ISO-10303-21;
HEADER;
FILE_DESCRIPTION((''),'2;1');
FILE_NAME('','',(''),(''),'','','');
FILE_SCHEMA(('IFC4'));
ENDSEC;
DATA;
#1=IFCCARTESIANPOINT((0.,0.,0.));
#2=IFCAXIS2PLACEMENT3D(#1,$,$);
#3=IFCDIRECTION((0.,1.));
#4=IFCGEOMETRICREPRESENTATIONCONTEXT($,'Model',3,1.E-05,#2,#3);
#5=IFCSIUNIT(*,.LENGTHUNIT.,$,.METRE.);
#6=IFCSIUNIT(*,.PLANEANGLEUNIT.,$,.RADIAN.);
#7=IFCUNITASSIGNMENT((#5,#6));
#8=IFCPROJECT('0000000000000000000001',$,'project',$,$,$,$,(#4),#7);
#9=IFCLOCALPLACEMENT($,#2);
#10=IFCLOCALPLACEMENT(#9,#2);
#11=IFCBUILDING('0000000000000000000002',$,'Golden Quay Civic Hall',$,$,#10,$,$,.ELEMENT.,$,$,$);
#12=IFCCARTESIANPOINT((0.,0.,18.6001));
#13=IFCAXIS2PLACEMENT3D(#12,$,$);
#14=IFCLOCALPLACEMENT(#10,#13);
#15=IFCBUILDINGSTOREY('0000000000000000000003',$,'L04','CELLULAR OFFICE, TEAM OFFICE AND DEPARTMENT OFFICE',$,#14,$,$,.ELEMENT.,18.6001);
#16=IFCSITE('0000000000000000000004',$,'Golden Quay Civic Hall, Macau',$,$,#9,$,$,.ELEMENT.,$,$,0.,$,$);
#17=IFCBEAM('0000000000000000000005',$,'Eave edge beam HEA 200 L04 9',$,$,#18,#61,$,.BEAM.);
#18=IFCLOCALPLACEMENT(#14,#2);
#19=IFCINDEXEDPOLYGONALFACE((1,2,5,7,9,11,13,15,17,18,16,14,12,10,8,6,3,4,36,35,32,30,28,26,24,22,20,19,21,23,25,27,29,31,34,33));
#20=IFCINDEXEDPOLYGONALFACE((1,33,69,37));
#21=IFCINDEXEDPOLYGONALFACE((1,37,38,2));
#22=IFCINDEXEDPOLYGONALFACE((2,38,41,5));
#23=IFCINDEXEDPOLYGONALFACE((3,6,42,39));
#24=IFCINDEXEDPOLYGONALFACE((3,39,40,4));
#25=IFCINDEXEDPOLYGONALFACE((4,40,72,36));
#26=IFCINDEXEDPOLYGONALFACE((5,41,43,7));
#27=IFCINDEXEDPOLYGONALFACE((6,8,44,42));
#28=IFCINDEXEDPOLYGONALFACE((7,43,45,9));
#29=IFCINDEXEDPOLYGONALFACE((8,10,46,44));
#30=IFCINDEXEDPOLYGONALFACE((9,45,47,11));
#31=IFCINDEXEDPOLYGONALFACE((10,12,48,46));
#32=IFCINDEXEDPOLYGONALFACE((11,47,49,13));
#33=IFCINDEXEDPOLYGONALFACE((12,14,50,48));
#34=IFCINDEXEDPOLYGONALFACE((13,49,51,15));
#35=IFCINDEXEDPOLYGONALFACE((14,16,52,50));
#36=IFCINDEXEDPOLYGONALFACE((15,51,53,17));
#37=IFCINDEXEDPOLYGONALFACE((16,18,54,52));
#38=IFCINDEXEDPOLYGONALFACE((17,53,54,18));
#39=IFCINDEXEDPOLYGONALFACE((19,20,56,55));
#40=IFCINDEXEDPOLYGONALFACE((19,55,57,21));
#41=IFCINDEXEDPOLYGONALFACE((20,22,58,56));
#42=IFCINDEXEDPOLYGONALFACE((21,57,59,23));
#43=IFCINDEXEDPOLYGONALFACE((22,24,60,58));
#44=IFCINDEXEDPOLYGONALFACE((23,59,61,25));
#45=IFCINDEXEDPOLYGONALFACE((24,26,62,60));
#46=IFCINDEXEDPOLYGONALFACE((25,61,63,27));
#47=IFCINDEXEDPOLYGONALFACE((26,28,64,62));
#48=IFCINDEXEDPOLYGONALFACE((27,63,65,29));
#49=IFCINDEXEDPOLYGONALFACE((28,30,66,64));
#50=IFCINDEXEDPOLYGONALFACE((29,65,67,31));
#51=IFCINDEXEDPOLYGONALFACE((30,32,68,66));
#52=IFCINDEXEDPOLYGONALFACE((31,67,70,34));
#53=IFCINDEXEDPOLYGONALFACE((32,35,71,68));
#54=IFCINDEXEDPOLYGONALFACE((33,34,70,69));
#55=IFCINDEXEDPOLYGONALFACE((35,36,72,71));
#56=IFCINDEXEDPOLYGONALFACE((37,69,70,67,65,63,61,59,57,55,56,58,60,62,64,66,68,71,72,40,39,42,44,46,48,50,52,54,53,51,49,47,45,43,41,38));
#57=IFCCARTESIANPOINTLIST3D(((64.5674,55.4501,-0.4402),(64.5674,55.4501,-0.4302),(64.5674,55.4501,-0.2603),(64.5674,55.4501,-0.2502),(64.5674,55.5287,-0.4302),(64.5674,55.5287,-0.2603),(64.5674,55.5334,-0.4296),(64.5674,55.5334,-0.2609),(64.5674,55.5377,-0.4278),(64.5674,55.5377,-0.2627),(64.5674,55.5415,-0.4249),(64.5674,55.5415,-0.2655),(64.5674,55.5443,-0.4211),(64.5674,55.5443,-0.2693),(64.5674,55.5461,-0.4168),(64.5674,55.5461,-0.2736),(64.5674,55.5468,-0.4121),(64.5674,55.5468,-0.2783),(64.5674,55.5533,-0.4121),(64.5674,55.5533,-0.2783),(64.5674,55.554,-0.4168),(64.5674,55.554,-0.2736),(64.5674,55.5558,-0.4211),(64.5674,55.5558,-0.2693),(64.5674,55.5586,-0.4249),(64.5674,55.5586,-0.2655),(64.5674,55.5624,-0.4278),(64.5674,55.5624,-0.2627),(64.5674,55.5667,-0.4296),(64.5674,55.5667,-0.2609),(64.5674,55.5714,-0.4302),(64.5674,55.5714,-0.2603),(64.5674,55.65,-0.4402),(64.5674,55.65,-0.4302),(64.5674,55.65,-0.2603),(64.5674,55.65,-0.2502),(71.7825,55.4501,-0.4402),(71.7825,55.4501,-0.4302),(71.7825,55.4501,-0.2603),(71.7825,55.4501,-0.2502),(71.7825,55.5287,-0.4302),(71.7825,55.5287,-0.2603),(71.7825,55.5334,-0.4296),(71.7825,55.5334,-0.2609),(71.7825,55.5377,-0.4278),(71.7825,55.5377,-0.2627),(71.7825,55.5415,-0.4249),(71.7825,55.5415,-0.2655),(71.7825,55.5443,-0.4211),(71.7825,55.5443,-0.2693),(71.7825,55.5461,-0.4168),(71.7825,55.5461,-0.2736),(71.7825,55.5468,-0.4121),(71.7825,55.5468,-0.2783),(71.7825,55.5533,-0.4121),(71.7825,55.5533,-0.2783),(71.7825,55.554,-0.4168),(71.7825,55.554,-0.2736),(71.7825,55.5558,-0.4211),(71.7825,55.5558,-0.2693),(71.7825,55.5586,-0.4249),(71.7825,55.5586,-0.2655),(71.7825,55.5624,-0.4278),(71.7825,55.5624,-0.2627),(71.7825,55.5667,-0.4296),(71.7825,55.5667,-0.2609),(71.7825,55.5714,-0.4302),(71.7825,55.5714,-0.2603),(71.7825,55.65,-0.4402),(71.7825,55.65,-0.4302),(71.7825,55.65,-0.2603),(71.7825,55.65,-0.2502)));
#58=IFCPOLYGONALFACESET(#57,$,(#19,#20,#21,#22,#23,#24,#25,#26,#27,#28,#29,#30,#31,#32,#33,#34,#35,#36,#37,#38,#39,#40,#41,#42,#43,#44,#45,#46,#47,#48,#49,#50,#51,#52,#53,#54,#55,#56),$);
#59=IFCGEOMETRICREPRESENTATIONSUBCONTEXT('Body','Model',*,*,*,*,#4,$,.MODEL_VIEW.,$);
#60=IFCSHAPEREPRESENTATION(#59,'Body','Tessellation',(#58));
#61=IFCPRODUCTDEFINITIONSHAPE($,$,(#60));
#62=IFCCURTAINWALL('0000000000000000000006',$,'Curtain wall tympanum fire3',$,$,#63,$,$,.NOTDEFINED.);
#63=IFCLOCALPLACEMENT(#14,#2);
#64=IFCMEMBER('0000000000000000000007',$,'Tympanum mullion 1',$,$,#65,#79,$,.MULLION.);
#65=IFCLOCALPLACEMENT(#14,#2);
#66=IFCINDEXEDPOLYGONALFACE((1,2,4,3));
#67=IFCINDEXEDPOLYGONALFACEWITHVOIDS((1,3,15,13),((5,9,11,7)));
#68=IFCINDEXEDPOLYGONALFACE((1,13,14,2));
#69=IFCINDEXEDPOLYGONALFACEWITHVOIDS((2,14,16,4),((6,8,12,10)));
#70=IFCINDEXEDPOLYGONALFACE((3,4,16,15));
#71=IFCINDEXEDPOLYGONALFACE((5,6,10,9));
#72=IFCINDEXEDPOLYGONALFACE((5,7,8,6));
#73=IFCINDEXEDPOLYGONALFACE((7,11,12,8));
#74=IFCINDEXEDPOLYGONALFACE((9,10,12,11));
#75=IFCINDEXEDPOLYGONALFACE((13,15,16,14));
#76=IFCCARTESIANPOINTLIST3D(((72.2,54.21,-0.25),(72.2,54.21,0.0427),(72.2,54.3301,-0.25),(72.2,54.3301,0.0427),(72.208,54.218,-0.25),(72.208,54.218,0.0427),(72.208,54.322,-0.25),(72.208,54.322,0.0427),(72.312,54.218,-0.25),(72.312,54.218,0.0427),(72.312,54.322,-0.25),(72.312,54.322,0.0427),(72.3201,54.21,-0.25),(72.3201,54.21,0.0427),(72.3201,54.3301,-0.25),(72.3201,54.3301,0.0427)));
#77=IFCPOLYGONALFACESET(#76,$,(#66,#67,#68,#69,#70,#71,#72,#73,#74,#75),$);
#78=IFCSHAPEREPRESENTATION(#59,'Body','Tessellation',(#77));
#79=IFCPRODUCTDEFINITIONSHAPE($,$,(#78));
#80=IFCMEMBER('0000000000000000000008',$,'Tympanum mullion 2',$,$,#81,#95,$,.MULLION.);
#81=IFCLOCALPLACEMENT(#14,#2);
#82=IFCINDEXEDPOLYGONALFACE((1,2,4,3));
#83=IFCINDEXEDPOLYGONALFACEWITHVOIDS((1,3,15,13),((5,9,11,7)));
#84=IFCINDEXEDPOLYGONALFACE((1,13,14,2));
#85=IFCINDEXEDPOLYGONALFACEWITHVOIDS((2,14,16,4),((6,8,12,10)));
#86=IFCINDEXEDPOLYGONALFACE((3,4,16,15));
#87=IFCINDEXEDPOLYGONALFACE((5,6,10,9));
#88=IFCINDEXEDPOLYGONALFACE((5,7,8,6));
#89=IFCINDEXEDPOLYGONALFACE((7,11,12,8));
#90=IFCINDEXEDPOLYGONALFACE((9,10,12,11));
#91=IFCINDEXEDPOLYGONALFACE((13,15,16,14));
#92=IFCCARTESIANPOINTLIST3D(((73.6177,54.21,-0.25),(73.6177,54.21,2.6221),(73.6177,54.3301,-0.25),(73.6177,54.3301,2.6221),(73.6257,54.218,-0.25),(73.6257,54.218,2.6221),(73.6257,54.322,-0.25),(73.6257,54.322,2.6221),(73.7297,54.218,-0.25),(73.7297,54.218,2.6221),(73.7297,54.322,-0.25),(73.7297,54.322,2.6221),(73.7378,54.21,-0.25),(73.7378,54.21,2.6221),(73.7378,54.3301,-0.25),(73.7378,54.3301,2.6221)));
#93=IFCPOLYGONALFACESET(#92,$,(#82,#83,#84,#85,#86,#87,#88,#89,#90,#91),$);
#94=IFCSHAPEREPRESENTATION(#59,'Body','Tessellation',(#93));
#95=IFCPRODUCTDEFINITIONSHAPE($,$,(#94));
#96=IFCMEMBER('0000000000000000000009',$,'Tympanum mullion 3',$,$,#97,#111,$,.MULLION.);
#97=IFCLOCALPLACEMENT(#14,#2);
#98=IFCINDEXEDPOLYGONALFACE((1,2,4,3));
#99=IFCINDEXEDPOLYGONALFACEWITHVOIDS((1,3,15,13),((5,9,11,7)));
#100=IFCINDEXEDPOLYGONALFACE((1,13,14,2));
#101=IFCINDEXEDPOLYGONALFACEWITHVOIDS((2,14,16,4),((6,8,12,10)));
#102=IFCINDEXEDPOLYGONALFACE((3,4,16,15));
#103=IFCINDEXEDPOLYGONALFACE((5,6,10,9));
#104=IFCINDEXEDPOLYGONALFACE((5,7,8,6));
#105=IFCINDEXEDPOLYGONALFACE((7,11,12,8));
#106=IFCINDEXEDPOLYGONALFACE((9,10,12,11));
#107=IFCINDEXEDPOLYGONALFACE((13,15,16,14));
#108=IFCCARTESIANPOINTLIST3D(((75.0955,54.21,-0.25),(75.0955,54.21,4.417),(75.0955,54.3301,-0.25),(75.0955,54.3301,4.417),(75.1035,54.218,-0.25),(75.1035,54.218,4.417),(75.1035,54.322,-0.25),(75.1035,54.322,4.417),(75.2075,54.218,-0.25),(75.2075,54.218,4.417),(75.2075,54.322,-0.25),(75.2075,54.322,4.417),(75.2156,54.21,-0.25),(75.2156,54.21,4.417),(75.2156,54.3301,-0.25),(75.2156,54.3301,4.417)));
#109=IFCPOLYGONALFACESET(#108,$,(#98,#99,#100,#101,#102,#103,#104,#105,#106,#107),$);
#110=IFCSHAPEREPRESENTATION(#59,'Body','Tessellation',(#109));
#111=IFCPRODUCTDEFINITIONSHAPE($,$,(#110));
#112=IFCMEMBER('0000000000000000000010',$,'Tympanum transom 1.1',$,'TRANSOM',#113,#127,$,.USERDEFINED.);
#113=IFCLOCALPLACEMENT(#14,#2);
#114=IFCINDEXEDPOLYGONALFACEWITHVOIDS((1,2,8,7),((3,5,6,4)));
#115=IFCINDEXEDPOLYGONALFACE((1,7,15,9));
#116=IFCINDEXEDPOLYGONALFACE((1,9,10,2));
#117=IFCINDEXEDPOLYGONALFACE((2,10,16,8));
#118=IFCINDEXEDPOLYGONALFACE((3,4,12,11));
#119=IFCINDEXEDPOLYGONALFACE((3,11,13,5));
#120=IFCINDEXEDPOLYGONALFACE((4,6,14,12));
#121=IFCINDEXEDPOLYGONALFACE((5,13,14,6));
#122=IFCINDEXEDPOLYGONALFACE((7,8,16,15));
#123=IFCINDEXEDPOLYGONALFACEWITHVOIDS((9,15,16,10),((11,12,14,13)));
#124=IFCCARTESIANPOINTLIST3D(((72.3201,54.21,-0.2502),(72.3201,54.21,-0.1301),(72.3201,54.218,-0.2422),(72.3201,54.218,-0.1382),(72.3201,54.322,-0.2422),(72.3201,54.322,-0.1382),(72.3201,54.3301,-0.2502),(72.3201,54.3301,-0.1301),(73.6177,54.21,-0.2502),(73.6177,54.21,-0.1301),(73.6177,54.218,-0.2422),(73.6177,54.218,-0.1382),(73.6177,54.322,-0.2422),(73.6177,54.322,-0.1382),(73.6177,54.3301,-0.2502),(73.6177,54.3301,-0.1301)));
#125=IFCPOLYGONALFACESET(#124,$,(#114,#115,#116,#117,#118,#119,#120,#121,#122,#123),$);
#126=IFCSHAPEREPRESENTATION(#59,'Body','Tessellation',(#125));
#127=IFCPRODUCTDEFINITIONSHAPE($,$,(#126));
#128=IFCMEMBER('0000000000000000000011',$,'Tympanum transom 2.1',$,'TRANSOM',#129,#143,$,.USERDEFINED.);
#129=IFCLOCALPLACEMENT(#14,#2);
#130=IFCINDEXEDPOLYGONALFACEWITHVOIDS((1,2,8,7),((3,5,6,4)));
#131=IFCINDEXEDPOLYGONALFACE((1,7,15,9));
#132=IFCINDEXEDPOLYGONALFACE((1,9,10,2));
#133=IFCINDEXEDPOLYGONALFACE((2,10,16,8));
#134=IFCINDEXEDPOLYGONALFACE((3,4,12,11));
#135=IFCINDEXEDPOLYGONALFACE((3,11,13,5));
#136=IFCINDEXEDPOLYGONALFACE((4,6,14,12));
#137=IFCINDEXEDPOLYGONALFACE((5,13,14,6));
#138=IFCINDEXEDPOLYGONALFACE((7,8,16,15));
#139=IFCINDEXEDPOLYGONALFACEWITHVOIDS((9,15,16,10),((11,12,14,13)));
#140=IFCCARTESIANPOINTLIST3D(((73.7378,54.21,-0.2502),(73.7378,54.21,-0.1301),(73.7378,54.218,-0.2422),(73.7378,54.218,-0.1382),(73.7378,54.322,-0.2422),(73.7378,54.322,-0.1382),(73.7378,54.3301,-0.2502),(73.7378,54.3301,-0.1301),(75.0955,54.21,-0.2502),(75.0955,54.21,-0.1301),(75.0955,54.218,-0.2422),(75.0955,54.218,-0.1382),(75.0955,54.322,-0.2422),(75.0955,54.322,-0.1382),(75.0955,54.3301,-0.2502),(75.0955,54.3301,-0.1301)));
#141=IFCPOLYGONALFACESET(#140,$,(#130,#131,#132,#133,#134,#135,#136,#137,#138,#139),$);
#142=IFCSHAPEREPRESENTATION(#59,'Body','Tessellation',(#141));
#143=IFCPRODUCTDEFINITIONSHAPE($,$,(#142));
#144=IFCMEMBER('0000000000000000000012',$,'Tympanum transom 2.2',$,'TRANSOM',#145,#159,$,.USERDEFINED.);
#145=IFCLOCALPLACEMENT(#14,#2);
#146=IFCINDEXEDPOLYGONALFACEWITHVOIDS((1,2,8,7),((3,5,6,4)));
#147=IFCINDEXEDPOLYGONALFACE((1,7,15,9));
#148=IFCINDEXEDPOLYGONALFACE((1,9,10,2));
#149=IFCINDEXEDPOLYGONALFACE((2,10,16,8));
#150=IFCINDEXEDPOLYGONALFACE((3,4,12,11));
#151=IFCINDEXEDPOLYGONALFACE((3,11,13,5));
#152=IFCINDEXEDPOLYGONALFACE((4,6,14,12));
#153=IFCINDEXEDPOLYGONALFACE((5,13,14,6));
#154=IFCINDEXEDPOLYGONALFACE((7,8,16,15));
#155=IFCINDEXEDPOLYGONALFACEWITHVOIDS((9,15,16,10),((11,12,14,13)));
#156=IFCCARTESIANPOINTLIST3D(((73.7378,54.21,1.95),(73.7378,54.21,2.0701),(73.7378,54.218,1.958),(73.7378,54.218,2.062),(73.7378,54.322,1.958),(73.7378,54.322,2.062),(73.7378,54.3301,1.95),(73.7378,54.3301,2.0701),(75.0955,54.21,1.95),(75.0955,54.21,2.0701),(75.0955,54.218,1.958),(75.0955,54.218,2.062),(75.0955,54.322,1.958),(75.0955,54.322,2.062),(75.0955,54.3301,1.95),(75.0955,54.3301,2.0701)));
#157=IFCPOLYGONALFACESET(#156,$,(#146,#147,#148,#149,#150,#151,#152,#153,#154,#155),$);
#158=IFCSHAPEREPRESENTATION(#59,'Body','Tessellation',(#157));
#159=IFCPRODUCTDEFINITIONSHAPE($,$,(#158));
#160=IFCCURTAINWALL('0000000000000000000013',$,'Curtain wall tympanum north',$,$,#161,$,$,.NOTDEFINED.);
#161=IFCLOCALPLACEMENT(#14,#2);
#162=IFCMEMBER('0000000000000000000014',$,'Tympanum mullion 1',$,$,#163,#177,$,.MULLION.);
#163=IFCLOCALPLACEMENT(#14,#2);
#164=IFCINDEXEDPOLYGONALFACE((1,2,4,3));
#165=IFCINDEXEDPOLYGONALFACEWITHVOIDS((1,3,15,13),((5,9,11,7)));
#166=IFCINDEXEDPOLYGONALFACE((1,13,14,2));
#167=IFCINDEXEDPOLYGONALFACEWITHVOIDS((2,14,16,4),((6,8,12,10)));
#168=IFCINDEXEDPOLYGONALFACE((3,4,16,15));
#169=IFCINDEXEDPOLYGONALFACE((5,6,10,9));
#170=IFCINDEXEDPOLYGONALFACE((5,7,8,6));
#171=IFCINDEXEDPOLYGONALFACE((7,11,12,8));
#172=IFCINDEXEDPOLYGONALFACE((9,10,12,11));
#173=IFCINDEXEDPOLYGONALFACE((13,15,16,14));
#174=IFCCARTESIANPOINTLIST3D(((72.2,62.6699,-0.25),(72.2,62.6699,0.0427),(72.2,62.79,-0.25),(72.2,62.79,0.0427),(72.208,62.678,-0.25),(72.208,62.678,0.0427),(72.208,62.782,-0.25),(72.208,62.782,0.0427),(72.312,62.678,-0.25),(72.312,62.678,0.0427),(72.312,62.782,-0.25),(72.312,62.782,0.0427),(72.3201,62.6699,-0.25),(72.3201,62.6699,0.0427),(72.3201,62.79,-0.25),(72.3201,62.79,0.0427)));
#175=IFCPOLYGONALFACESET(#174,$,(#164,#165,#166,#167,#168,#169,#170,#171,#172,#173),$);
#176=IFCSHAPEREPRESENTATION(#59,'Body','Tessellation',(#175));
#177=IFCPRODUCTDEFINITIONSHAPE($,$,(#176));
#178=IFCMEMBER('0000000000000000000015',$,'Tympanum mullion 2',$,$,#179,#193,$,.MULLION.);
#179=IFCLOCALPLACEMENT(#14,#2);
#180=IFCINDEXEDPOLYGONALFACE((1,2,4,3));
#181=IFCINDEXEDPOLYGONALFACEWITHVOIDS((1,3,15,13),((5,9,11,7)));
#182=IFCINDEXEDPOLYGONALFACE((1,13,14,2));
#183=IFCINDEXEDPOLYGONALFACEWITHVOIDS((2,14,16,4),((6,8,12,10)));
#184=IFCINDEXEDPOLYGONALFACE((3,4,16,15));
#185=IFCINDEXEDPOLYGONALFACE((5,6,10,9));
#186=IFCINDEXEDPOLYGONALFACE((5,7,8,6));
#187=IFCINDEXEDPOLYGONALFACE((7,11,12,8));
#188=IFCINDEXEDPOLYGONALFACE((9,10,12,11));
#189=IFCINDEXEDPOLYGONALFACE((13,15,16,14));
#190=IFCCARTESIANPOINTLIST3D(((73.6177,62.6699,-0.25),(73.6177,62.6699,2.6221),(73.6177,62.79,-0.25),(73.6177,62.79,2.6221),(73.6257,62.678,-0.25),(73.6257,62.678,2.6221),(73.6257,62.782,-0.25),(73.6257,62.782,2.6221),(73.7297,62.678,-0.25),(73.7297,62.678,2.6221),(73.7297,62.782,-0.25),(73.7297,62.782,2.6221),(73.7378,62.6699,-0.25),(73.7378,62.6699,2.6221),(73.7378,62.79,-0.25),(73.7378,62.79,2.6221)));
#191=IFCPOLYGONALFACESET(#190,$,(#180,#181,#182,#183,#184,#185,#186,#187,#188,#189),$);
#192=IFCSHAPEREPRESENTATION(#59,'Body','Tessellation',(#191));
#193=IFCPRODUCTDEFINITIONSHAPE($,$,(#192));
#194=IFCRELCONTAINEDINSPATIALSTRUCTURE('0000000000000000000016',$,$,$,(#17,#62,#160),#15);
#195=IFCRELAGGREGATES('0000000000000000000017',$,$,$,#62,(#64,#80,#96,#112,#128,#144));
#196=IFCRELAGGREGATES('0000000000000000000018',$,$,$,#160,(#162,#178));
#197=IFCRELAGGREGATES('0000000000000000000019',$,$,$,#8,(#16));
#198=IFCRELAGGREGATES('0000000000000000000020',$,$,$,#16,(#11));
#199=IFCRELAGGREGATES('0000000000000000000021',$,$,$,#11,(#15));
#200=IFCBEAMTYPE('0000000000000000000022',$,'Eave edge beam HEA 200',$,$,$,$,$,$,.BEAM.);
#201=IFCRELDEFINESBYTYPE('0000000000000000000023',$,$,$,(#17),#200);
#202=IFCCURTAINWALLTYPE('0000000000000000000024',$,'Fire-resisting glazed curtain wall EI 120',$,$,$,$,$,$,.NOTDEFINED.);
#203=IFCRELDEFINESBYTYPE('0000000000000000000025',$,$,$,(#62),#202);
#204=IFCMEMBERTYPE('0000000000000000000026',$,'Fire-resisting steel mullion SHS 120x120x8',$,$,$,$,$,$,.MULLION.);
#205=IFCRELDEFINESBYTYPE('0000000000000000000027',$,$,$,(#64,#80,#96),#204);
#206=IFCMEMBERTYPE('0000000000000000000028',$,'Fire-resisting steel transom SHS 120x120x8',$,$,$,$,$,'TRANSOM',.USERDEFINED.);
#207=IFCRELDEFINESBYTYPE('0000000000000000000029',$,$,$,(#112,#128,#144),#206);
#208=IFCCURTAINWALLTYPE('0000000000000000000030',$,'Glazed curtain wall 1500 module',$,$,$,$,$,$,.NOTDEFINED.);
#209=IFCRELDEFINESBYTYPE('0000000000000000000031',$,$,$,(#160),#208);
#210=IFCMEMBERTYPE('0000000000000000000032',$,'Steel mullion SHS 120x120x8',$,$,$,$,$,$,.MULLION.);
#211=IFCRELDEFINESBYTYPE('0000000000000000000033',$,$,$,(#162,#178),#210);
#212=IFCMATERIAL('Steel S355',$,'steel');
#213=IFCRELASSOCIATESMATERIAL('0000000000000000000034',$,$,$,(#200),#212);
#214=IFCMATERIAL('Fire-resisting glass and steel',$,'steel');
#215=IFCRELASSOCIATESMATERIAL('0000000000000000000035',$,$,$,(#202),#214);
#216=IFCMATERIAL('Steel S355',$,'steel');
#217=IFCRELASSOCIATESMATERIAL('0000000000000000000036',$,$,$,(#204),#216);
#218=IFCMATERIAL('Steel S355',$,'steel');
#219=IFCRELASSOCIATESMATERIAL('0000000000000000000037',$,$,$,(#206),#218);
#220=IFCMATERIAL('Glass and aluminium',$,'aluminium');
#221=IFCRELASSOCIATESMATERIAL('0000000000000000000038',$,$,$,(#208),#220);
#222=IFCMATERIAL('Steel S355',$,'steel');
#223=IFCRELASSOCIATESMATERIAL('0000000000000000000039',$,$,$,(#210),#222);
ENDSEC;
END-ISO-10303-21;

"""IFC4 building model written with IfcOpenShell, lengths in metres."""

from ifc_helpers import new_model, si_unit, direction, frame, origin, origin_2d, place, context, subcontext, project, spatial, hollow_rectangle, i_section, extrude, material, material_profile, profile_set, type_object, element, aggregate, save


model = new_model("IFC4")

# Units and contexts
model_context = context("Model", 3, precision=1e-05, world=origin(), true_north=direction((0.0, 1.0)))
body_context = subcontext(model_context, "Body", "Model", "MODEL_VIEW")
ifc_project = project(units=[si_unit("LENGTHUNIT", "METRE"), si_unit("PLANEANGLEUNIT", "RADIAN")], contexts=[model_context])

# Site, building, storey
site_placement = place(None, origin())
site = spatial("IfcSite", under=ifc_project, at=site_placement, Name="Golden Quay Civic Hall, Macau", CompositionType="ELEMENT", RefElevation=0.0)
building_placement = place(site_placement, origin())
building = spatial("IfcBuilding", under=site, at=building_placement, Name="Golden Quay Civic Hall", CompositionType="ELEMENT")
storey_placement = place(building_placement, frame((0.0, 0.0, 18.6001)))
storey = spatial("IfcBuildingStorey", under=building, at=storey_placement, Name="L04", Description="CELLULAR OFFICE, TEAM OFFICE AND DEPARTMENT OFFICE", CompositionType="ELEMENT", Elevation=18.6001)

# Beam
ifc_material_1 = material(Name="Steel S355", Category="steel")
ifc_material_profile_1 = material_profile(ifc_material_1, i_section(OverallWidth=0.2, OverallDepth=0.1899, WebThickness=0.0066, FlangeThickness=0.01, FilletRadius=0.0181, at=origin_2d()), Name="HEA 200")
ifc_profile_set_1 = profile_set([ifc_material_profile_1], Name="Steel S355")
beam_type = type_object("IfcBeamType", Name="Eave edge beam HEA 200", PredefinedType="BEAM", material=ifc_profile_set_1)
beam_placement = place(storey_placement, frame((64.5674, 55.55, -0.3452), z_axis=(1.0, 0.0, 0.0), x_axis=(0.0, 1.0, 0.0)))
element("IfcBeam", 1, at=beam_placement, inside=storey, type_object=beam_type, Name="Eave edge beam HEA 200 L04 9", PredefinedType="BEAM", context=body_context, shape_type="SweptSolid", body=[
    extrude(i_section(OverallWidth=0.2, OverallDepth=0.1899, WebThickness=0.0066, FlangeThickness=0.01, FilletRadius=0.0181, at=origin_2d()), origin(), (0.0, 0.0, 1.0), 7.2151),
])

# Curtain walls, members
ifc_material_2 = material(Name="Fire-resisting glass and steel", Category="steel")
curtain_wall_type_1 = type_object("IfcCurtainWallType", Name="Fire-resisting glazed curtain wall EI 120", PredefinedType="NOTDEFINED", material=ifc_material_2)
curtain_wall_1_placement = place(storey_placement, origin())
curtain_wall_1 = element("IfcCurtainWall", 2, at=curtain_wall_1_placement, inside=storey, type_object=curtain_wall_type_1, Name="Curtain wall tympanum fire3", PredefinedType="NOTDEFINED")
ifc_material_3 = material(Name="Steel S355", Category="steel")
ifc_material_profile_2 = material_profile(ifc_material_3, hollow_rectangle(XDim=0.1201, YDim=0.1201, WallThickness=0.0081, at=origin_2d()), Name="SHS 120x120x8")
ifc_profile_set_2 = profile_set([ifc_material_profile_2], Name="Steel S355")
member_type_1 = type_object("IfcMemberType", Name="Fire-resisting steel mullion SHS 120x120x8", PredefinedType="MULLION", material=ifc_profile_set_2)
member_1_placement = place(storey_placement, frame((72.26, 54.27, -0.25), z_axis=(0.0, 0.0, 1.0), x_axis=(0.0, 1.0, 0.0)))
member_1 = element("IfcMember", 3, at=member_1_placement, type_object=member_type_1, Name="Tympanum mullion 1", PredefinedType="MULLION", context=body_context, shape_type="SweptSolid", body=[
    extrude(hollow_rectangle(XDim=0.1201, YDim=0.1201, WallThickness=0.0081, at=origin_2d()), origin(), (0.0, 0.0, 1.0), 0.2927),
])
member_2_placement = place(storey_placement, frame((73.6777, 54.27, -0.25), z_axis=(0.0, 0.0, 1.0), x_axis=(0.0, 1.0, 0.0)))
member_2 = element("IfcMember", 4, at=member_2_placement, type_object=member_type_1, Name="Tympanum mullion 2", PredefinedType="MULLION", context=body_context, shape_type="SweptSolid", body=[
    extrude(hollow_rectangle(XDim=0.1201, YDim=0.1201, WallThickness=0.0081, at=origin_2d()), origin(), (0.0, 0.0, 1.0), 2.8721),
])
member_3_placement = place(storey_placement, frame((75.1555, 54.27, -0.25), z_axis=(0.0, 0.0, 1.0), x_axis=(0.0, 1.0, 0.0)))
member_3 = element("IfcMember", 5, at=member_3_placement, type_object=member_type_1, Name="Tympanum mullion 3", PredefinedType="MULLION", context=body_context, shape_type="SweptSolid", body=[
    extrude(hollow_rectangle(XDim=0.1201, YDim=0.1201, WallThickness=0.0081, at=origin_2d()), origin(), (0.0, 0.0, 1.0), 4.667),
])
ifc_material_4 = material(Name="Steel S355", Category="steel")
ifc_material_profile_3 = material_profile(ifc_material_4, hollow_rectangle(XDim=0.1201, YDim=0.1201, WallThickness=0.0081, at=origin_2d()), Name="SHS 120x120x8")
ifc_profile_set_3 = profile_set([ifc_material_profile_3], Name="Steel S355")
member_type_2 = type_object("IfcMemberType", Name="Fire-resisting steel transom SHS 120x120x8", ElementType="TRANSOM", PredefinedType="USERDEFINED", material=ifc_profile_set_3)
member_4_placement = place(storey_placement, frame((72.3201, 54.27, -0.1902), z_axis=(1.0, 0.0, 0.0), x_axis=(0.0, 1.0, 0.0)))
member_4 = element("IfcMember", 6, at=member_4_placement, type_object=member_type_2, Name="Tympanum transom 1.1", ObjectType="TRANSOM", PredefinedType="USERDEFINED", context=body_context, shape_type="SweptSolid", body=[
    extrude(hollow_rectangle(XDim=0.1201, YDim=0.1201, WallThickness=0.0081, at=origin_2d()), origin(), (0.0, 0.0, 1.0), 1.2976),
])
member_5_placement = place(storey_placement, frame((73.7378, 54.27, -0.1902), z_axis=(1.0, 0.0, 0.0), x_axis=(0.0, 1.0, 0.0)))
member_5 = element("IfcMember", 7, at=member_5_placement, type_object=member_type_2, Name="Tympanum transom 2.1", ObjectType="TRANSOM", PredefinedType="USERDEFINED", context=body_context, shape_type="SweptSolid", body=[
    extrude(hollow_rectangle(XDim=0.1201, YDim=0.1201, WallThickness=0.0081, at=origin_2d()), origin(), (0.0, 0.0, 1.0), 1.3577),
])
member_6_placement = place(storey_placement, frame((73.7378, 54.27, 2.01), z_axis=(1.0, 0.0, 0.0), x_axis=(0.0, 1.0, 0.0)))
member_6 = element("IfcMember", 8, at=member_6_placement, type_object=member_type_2, Name="Tympanum transom 2.2", ObjectType="TRANSOM", PredefinedType="USERDEFINED", context=body_context, shape_type="SweptSolid", body=[
    extrude(hollow_rectangle(XDim=0.1201, YDim=0.1201, WallThickness=0.0081, at=origin_2d()), origin(), (0.0, 0.0, 1.0), 1.3577),
])
ifc_material_5 = material(Name="Glass and aluminium", Category="aluminium")
curtain_wall_type_2 = type_object("IfcCurtainWallType", Name="Glazed curtain wall 1500 module", PredefinedType="NOTDEFINED", material=ifc_material_5)
curtain_wall_2_placement = place(storey_placement, origin())
curtain_wall_2 = element("IfcCurtainWall", 9, at=curtain_wall_2_placement, inside=storey, type_object=curtain_wall_type_2, Name="Curtain wall tympanum north", PredefinedType="NOTDEFINED")
ifc_material_6 = material(Name="Steel S355", Category="steel")
ifc_material_profile_4 = material_profile(ifc_material_6, hollow_rectangle(XDim=0.1201, YDim=0.1201, WallThickness=0.0081, at=origin_2d()), Name="SHS 120x120x8")
ifc_profile_set_4 = profile_set([ifc_material_profile_4], Name="Steel S355")
member_type_3 = type_object("IfcMemberType", Name="Steel mullion SHS 120x120x8", PredefinedType="MULLION", material=ifc_profile_set_4)
member_7_placement = place(storey_placement, frame((72.26, 62.73, -0.25), z_axis=(0.0, 0.0, 1.0), x_axis=(0.0, 1.0, 0.0)))
member_7 = element("IfcMember", 10, at=member_7_placement, type_object=member_type_3, Name="Tympanum mullion 1", PredefinedType="MULLION", context=body_context, shape_type="SweptSolid", body=[
    extrude(hollow_rectangle(XDim=0.1201, YDim=0.1201, WallThickness=0.0081, at=origin_2d()), origin(), (0.0, 0.0, 1.0), 0.2927),
])
member_8_placement = place(storey_placement, frame((73.6777, 62.73, -0.25), z_axis=(0.0, 0.0, 1.0), x_axis=(0.0, 1.0, 0.0)))
member_8 = element("IfcMember", 11, at=member_8_placement, type_object=member_type_3, Name="Tympanum mullion 2", PredefinedType="MULLION", context=body_context, shape_type="SweptSolid", body=[
    extrude(hollow_rectangle(XDim=0.1201, YDim=0.1201, WallThickness=0.0081, at=origin_2d()), origin(), (0.0, 0.0, 1.0), 2.8721),
])

aggregate(curtain_wall_1, [member_1, member_2, member_3, member_4, member_5, member_6])
aggregate(curtain_wall_2, [member_7, member_8])

save(model, "model.ifc")
